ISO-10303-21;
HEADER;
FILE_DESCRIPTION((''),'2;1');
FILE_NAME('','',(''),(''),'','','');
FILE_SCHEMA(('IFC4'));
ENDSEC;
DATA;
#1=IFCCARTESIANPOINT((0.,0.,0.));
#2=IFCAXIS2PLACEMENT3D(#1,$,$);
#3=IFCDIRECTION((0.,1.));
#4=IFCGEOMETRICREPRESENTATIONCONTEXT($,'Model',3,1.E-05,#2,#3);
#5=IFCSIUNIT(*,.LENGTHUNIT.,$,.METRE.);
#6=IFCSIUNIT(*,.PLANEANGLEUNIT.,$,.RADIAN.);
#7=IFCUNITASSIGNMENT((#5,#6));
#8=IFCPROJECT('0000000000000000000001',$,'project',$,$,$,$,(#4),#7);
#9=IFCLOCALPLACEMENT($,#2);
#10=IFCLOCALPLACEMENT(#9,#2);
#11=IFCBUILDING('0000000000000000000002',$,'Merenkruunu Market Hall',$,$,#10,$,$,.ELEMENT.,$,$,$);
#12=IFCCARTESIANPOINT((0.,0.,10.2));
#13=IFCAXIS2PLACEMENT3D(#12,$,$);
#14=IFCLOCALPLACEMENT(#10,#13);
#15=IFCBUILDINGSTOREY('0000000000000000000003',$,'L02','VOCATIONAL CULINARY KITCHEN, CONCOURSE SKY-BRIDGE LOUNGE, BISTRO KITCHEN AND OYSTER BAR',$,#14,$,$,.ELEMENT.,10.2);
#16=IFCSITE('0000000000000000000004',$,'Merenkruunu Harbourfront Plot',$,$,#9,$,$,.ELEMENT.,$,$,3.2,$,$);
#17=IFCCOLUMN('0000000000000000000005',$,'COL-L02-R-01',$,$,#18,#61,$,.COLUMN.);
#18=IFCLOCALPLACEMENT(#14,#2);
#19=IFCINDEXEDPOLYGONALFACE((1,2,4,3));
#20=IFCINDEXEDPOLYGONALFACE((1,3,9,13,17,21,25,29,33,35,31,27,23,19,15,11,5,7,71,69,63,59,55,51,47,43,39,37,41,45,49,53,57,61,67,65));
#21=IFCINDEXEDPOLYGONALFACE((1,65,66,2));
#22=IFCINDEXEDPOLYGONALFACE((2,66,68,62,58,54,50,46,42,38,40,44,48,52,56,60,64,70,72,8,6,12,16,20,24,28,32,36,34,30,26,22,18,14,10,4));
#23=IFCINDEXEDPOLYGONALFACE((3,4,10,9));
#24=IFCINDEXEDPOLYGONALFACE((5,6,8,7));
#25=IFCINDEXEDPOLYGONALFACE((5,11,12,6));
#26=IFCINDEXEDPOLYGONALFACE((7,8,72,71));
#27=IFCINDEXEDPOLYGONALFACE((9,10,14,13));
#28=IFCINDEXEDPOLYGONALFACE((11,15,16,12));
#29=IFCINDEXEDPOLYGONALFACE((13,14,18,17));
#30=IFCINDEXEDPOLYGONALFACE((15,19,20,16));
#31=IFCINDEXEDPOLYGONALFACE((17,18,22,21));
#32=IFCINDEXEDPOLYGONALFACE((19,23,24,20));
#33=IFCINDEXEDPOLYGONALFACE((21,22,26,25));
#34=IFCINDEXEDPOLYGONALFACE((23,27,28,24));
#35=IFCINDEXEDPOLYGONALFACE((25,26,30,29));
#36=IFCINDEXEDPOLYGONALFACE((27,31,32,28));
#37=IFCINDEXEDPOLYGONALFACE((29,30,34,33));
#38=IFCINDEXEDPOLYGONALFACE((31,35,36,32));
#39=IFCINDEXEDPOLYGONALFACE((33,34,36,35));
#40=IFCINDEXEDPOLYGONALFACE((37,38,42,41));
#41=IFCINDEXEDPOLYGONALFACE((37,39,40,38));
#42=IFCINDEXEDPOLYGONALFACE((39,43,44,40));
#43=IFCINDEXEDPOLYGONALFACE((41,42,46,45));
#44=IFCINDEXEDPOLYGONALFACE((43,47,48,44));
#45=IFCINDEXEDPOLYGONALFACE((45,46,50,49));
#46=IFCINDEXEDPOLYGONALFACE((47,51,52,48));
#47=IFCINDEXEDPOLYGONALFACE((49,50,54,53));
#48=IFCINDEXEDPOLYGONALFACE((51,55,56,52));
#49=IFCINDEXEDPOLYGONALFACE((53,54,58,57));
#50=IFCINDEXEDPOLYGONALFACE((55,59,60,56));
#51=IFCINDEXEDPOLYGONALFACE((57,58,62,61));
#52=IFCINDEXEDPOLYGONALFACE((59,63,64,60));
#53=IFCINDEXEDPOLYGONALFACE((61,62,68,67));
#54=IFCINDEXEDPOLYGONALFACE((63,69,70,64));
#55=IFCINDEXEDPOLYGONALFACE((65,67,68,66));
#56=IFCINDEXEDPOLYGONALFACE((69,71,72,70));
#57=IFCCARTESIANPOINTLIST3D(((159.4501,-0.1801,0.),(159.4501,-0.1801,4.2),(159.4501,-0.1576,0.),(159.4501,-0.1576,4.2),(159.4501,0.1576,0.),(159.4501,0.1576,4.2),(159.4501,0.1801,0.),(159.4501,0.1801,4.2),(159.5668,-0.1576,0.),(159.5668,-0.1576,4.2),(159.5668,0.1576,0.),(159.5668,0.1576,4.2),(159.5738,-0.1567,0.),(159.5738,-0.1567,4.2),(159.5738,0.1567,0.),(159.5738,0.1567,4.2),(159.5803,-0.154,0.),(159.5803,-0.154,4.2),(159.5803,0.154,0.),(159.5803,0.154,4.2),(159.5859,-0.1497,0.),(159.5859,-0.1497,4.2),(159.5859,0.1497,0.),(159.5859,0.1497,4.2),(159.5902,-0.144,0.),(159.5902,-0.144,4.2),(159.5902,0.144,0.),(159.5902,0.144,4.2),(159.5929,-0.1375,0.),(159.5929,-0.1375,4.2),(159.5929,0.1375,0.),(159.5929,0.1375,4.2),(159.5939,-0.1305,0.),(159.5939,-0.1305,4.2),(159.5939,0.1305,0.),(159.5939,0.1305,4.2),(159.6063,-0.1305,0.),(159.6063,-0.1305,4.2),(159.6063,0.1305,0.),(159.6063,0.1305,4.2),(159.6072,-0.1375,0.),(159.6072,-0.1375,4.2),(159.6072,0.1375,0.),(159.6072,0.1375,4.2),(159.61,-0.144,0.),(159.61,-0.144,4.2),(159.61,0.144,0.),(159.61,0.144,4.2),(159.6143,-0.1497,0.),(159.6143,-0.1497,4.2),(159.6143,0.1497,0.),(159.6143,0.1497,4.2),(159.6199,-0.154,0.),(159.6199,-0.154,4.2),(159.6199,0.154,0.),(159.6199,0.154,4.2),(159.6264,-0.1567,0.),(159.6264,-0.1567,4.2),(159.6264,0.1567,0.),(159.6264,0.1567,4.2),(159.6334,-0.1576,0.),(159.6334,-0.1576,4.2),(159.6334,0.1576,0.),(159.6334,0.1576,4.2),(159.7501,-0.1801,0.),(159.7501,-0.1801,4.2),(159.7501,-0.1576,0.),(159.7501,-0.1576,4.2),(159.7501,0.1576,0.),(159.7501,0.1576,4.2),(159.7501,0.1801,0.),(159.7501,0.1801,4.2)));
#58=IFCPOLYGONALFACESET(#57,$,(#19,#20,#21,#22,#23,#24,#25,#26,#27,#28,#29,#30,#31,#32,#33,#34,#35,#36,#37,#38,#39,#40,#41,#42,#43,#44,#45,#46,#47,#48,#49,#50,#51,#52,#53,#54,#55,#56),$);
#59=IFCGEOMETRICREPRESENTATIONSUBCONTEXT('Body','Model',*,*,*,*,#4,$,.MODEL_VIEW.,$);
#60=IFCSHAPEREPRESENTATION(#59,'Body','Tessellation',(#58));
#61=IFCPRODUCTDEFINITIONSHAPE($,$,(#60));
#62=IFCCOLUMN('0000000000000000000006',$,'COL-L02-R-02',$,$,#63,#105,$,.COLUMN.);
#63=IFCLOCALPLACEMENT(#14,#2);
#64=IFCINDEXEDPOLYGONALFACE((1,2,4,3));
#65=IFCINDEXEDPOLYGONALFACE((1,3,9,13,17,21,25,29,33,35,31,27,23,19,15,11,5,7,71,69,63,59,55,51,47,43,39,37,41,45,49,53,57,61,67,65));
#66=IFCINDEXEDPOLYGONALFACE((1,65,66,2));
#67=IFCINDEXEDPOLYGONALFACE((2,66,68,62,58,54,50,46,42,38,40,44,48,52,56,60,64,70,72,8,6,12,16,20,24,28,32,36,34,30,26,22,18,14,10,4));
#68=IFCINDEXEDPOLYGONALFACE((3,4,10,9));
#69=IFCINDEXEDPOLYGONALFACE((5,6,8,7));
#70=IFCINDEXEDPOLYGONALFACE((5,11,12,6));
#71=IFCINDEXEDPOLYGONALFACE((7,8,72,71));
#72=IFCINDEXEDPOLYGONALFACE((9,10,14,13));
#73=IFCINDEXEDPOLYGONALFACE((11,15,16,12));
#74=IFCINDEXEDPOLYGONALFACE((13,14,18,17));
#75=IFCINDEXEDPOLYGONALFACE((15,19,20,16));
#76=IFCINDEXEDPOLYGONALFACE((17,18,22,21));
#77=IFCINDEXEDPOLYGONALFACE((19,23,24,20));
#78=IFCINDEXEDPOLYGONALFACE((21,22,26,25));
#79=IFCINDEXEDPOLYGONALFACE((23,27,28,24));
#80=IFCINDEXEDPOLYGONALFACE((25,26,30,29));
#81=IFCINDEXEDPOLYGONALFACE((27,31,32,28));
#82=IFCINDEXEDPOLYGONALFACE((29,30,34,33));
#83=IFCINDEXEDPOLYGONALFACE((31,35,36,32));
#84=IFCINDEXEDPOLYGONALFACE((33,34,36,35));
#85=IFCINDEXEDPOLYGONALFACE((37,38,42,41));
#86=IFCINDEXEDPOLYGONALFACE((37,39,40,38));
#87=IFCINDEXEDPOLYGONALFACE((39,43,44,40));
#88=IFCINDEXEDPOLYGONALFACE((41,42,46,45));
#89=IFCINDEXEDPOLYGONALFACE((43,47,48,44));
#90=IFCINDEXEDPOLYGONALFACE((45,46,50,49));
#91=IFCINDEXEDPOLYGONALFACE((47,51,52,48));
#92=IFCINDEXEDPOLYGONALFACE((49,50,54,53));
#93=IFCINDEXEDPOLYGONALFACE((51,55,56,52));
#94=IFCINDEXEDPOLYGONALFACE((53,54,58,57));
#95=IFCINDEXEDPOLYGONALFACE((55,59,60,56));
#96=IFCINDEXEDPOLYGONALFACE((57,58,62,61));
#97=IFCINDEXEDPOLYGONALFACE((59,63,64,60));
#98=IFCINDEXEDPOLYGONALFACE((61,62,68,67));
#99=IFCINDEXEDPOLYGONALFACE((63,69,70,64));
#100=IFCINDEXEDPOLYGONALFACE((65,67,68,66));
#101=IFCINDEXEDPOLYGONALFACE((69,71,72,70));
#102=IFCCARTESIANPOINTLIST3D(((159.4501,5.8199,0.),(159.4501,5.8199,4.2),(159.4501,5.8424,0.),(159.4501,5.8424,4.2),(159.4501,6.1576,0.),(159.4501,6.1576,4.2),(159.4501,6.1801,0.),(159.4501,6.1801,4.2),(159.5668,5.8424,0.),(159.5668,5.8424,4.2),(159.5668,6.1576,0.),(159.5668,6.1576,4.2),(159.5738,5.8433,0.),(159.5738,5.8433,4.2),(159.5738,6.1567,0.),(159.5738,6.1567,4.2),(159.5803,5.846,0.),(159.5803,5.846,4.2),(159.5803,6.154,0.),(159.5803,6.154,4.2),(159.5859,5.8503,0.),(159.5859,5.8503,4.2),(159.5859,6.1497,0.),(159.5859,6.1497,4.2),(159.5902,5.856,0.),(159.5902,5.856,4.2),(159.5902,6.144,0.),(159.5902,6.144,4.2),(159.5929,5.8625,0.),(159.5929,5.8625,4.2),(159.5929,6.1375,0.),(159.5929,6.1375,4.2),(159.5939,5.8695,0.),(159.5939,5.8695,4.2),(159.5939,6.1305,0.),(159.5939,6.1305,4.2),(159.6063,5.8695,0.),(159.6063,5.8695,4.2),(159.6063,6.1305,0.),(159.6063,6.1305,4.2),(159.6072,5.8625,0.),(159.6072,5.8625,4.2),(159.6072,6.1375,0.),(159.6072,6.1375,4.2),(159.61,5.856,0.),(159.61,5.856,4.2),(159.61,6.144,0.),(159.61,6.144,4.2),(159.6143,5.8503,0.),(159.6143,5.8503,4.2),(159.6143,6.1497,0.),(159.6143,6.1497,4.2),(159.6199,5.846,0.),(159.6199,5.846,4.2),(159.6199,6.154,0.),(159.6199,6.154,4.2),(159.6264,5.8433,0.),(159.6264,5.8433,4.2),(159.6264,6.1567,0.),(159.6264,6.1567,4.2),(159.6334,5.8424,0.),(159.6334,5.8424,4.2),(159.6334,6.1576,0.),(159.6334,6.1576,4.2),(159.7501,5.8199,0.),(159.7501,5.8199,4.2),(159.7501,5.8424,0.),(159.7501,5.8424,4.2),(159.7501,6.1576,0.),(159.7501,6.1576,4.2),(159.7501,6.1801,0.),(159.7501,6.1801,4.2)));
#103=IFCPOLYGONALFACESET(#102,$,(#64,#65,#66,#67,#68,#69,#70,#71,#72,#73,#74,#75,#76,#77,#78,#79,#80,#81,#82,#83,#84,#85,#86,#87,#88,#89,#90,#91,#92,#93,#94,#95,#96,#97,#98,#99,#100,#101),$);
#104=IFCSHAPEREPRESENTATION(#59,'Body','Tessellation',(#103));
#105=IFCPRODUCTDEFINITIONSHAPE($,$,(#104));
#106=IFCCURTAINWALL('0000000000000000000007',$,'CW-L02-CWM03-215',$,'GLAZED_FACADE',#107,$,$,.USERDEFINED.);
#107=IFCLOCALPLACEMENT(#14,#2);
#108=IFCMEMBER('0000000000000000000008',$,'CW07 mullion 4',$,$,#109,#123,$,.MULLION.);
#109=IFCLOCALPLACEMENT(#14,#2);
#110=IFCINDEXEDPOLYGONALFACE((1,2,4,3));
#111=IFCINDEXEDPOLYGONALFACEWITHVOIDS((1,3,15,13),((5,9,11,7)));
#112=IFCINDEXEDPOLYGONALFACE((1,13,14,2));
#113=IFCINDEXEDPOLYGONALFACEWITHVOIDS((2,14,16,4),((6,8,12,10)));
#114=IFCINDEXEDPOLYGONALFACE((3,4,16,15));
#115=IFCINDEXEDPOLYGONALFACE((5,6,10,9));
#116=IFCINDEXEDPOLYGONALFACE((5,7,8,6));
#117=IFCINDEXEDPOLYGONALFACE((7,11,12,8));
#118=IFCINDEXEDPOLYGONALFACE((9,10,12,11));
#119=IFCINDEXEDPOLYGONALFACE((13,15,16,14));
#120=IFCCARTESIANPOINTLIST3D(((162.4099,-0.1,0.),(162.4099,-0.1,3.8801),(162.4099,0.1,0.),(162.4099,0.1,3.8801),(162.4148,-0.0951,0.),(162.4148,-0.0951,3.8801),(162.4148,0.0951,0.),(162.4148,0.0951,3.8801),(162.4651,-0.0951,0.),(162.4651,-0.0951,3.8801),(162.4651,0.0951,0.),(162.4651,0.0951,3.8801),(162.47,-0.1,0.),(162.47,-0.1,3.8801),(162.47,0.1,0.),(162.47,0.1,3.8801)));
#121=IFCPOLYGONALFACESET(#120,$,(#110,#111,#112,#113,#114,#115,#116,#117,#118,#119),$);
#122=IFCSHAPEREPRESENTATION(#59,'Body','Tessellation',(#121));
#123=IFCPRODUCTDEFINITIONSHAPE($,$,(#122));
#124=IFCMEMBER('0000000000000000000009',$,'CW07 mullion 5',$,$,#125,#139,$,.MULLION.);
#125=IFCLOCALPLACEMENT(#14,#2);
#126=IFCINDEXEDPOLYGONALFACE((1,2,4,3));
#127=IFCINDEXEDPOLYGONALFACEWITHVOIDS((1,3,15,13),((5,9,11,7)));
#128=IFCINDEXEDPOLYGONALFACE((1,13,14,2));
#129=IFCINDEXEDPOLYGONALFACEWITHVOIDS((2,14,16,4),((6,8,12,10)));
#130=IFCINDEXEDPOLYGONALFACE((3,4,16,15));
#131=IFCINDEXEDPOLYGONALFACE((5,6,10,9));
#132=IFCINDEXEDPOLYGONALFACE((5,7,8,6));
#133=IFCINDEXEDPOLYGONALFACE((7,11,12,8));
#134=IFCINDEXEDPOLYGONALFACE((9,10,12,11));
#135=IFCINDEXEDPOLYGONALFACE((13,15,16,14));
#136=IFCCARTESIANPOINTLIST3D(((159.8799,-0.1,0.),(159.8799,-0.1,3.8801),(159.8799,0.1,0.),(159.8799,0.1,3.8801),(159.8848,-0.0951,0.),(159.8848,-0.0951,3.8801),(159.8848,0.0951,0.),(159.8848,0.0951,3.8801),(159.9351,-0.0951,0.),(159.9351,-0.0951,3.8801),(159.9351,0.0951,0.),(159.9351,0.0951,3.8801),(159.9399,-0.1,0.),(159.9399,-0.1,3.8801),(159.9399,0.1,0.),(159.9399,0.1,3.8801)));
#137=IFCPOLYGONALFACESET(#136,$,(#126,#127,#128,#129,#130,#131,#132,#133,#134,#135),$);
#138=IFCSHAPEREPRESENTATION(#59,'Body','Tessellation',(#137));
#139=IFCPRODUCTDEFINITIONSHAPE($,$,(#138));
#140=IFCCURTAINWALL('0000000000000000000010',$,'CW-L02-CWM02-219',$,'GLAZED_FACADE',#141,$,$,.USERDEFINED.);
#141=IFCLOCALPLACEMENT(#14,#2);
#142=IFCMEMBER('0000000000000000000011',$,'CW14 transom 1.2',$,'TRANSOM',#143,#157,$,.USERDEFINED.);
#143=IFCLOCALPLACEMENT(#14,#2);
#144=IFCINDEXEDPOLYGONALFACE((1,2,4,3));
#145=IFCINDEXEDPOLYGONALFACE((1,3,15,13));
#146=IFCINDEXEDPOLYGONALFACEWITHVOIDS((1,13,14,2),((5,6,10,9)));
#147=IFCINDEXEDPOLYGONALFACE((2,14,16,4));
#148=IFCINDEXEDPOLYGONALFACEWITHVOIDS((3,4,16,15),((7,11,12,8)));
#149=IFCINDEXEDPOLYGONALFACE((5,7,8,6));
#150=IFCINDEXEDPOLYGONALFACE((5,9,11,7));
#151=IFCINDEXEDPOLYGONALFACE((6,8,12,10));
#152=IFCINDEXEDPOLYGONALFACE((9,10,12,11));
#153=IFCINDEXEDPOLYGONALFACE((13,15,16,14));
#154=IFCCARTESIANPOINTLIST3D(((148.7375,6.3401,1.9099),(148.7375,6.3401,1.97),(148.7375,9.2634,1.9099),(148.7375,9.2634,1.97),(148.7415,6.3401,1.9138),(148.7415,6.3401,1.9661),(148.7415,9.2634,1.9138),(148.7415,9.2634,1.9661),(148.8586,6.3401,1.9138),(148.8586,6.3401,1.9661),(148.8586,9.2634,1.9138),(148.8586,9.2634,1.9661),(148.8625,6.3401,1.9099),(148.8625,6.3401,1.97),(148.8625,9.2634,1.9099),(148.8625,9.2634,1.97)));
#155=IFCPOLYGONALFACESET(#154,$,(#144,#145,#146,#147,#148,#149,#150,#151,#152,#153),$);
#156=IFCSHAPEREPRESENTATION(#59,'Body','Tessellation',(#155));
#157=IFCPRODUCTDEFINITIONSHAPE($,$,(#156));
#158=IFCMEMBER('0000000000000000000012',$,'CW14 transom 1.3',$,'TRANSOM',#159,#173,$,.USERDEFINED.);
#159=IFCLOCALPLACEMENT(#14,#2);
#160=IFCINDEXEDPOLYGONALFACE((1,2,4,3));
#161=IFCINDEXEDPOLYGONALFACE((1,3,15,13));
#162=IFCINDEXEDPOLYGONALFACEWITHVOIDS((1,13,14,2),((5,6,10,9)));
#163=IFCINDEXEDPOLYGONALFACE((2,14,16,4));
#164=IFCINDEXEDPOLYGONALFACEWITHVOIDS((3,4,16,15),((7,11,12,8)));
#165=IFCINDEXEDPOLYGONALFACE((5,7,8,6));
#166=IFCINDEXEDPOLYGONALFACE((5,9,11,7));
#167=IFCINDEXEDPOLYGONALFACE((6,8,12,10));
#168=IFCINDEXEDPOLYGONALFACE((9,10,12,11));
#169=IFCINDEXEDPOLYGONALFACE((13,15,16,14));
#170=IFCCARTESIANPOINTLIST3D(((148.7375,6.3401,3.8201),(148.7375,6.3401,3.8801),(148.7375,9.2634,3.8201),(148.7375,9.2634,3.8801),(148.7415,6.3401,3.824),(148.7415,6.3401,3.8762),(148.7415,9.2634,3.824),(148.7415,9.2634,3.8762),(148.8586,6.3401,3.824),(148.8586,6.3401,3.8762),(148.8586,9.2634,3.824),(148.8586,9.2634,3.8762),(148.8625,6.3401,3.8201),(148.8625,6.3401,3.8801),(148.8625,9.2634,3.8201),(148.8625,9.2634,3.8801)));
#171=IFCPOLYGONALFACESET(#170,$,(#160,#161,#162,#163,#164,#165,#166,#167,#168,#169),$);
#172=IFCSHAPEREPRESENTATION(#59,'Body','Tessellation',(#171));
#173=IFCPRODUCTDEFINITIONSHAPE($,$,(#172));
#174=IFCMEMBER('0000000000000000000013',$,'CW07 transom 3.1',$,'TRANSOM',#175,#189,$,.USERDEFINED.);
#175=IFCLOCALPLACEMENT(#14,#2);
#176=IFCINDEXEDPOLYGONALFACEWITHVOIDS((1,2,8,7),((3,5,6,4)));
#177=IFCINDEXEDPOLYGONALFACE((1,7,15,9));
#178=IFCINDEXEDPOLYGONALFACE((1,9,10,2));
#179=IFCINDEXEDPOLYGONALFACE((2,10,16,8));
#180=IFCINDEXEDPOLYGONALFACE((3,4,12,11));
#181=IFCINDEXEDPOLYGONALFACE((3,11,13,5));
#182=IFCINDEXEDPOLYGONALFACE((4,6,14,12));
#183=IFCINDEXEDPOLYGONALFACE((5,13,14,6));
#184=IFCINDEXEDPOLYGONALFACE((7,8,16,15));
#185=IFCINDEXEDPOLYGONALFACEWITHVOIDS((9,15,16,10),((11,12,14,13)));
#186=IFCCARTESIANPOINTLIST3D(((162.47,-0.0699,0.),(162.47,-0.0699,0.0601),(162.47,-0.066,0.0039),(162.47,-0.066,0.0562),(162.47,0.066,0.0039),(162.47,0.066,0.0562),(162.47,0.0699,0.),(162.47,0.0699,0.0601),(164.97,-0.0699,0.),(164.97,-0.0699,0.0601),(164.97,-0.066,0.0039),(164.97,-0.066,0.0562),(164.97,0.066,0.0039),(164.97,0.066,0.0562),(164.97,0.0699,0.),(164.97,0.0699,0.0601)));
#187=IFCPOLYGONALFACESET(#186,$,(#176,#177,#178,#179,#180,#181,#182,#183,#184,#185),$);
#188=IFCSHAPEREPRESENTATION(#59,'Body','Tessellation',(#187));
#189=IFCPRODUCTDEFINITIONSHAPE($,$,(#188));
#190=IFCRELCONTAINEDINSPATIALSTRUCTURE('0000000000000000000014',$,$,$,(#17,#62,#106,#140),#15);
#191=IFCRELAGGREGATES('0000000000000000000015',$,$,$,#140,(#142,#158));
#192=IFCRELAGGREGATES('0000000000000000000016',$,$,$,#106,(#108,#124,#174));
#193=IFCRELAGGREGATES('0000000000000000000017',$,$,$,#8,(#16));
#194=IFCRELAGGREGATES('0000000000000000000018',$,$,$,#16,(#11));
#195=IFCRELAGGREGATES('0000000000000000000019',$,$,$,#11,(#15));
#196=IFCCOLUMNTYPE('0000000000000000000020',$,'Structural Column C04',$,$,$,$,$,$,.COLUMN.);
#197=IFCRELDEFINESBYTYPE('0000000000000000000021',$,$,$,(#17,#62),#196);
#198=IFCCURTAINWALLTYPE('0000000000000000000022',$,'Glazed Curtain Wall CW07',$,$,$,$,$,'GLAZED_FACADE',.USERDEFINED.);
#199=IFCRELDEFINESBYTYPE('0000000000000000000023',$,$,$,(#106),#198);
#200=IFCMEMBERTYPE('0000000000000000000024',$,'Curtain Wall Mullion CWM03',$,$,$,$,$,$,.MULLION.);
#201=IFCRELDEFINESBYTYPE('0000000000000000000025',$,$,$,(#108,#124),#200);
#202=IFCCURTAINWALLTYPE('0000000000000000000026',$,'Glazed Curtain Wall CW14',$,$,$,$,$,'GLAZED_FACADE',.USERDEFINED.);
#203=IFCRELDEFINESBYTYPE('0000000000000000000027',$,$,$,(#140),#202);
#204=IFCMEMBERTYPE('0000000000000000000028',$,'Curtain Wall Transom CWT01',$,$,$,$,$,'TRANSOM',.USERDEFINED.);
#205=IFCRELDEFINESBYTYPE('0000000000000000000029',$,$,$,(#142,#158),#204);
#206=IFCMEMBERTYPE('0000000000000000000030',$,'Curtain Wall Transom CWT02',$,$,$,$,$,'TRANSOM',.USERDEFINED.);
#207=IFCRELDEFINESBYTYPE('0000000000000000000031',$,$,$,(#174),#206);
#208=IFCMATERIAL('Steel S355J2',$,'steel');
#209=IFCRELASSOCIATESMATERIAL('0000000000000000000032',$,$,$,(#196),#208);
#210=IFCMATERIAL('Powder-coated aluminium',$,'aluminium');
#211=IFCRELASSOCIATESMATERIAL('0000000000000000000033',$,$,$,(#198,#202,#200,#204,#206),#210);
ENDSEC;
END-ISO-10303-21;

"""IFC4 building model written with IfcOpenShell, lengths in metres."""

from ifc_helpers import new_model, si_unit, direction, frame, origin, origin_2d, place, context, subcontext, project, spatial, hollow_rectangle, i_section, extrude, material, material_profile, profile_set, type_object, element, aggregate, save


model = new_model("IFC4")

# Units and contexts
model_context = context("Model", 3, precision=1e-05, world=origin(), true_north=direction((0.0, 1.0)))
body_context = subcontext(model_context, "Body", "Model", "MODEL_VIEW")
ifc_project = project(units=[si_unit("LENGTHUNIT", "METRE"), si_unit("PLANEANGLEUNIT", "RADIAN")], contexts=[model_context])

# Site, building, storey
site_placement = place(None, origin())
site = spatial("IfcSite", under=ifc_project, at=site_placement, Name="Merenkruunu Harbourfront Plot", CompositionType="ELEMENT", RefElevation=3.2)
building_placement = place(site_placement, origin())
building = spatial("IfcBuilding", under=site, at=building_placement, Name="Merenkruunu Market Hall", CompositionType="ELEMENT")
storey_placement = place(building_placement, frame((0.0, 0.0, 10.2)))
storey = spatial("IfcBuildingStorey", under=building, at=storey_placement, Name="L02", Description="VOCATIONAL CULINARY KITCHEN, CONCOURSE SKY-BRIDGE LOUNGE, BISTRO KITCHEN AND OYSTER BAR", CompositionType="ELEMENT", Elevation=10.2)

# Columns
ifc_material_1 = material(Name="Steel S355J2", Category="steel")
ifc_material_profile_1 = material_profile(ifc_material_1, i_section(OverallWidth=0.3, OverallDepth=0.3601, WebThickness=0.0125, FlangeThickness=0.0225, FilletRadius=0.0271, at=origin_2d()), Name="HEB 360")
ifc_profile_set_1 = profile_set([ifc_material_profile_1], Name="Steel S355J2")
column_type = type_object("IfcColumnType", Name="Structural Column C04", PredefinedType="COLUMN", material=ifc_profile_set_1)
for number, where, z_axis, x_axis, name in (
    (1, (159.6001, 0.0, 0.0), (0.0, 0.0, 1.0), (1.0, 0.0, 0.0), "COL-L02-R-01"),
    (2, (159.6001, 6.0, 0.0), (0.0, 0.0, 1.0), (1.0, 0.0, 0.0), "COL-L02-R-02"),
):
    element("IfcColumn", number, at=place(storey_placement, frame(where, z_axis=z_axis, x_axis=x_axis)), inside=storey, type_object=column_type, Name=name, PredefinedType="COLUMN", context=body_context, shape_type="SweptSolid", body=[
        extrude(i_section(OverallWidth=0.3, OverallDepth=0.3601, WebThickness=0.0125, FlangeThickness=0.0225, FilletRadius=0.0271, at=origin_2d()), origin(), (0.0, 0.0, 1.0), 4.2),
    ])

# Curtain walls, members
ifc_material_2 = material(Name="Powder-coated aluminium", Category="aluminium")
curtain_wall_type_1 = type_object("IfcCurtainWallType", Name="Glazed Curtain Wall CW07", ElementType="GLAZED_FACADE", PredefinedType="USERDEFINED", material=ifc_material_2)
curtain_wall_1_placement = place(storey_placement, origin())
curtain_wall_1 = element("IfcCurtainWall", 3, at=curtain_wall_1_placement, inside=storey, type_object=curtain_wall_type_1, Name="CW-L02-CWM03-215", ObjectType="GLAZED_FACADE", PredefinedType="USERDEFINED")
ifc_material_profile_2 = material_profile(ifc_material_2, hollow_rectangle(XDim=0.0601, YDim=0.2, WallThickness=0.0049, at=origin_2d()), Name="ALU 60x200x5")
ifc_profile_set_2 = profile_set([ifc_material_profile_2], Name="Powder-coated aluminium")
member_type_1 = type_object("IfcMemberType", Name="Curtain Wall Mullion CWM03", PredefinedType="MULLION", material=ifc_profile_set_2)
member_1_placement = place(storey_placement, frame((162.4399, 0.0, 0.0), z_axis=(0.0, 0.0, 1.0), x_axis=(-1.0, 0.0, 0.0)))
member_1 = element("IfcMember", 4, at=member_1_placement, type_object=member_type_1, Name="CW07 mullion 4", PredefinedType="MULLION", context=body_context, shape_type="SweptSolid", body=[
    extrude(hollow_rectangle(XDim=0.0601, YDim=0.2, WallThickness=0.0049, at=origin_2d()), origin(), (0.0, 0.0, 1.0), 3.8801),
])
member_2_placement = place(storey_placement, frame((159.9099, 0.0, 0.0), z_axis=(0.0, 0.0, 1.0), x_axis=(-1.0, 0.0, 0.0)))
member_2 = element("IfcMember", 5, at=member_2_placement, type_object=member_type_1, Name="CW07 mullion 5", PredefinedType="MULLION", context=body_context, shape_type="SweptSolid", body=[
    extrude(hollow_rectangle(XDim=0.0601, YDim=0.2, WallThickness=0.0049, at=origin_2d()), origin(), (0.0, 0.0, 1.0), 3.8801),
])
curtain_wall_type_2 = type_object("IfcCurtainWallType", Name="Glazed Curtain Wall CW14", ElementType="GLAZED_FACADE", PredefinedType="USERDEFINED", material=ifc_material_2)
curtain_wall_2_placement = place(storey_placement, origin())
curtain_wall_2 = element("IfcCurtainWall", 6, at=curtain_wall_2_placement, inside=storey, type_object=curtain_wall_type_2, Name="CW-L02-CWM02-219", ObjectType="GLAZED_FACADE", PredefinedType="USERDEFINED")
ifc_material_profile_3 = material_profile(ifc_material_2, hollow_rectangle(XDim=0.0601, YDim=0.125, WallThickness=0.0039, at=origin_2d()), Name="ALU 60x125x4")
ifc_profile_set_3 = profile_set([ifc_material_profile_3], Name="Powder-coated aluminium")
member_type_2 = type_object("IfcMemberType", Name="Curtain Wall Transom CWT01", ElementType="TRANSOM", PredefinedType="USERDEFINED", material=ifc_profile_set_3)
member_3_placement = place(storey_placement, frame((148.8, 6.3401, 1.9399), z_axis=(0.0, 1.0, 0.0), x_axis=(0.0, 0.0, 1.0)))
member_3 = element("IfcMember", 7, at=member_3_placement, type_object=member_type_2, Name="CW14 transom 1.2", ObjectType="TRANSOM", PredefinedType="USERDEFINED", context=body_context, shape_type="SweptSolid", body=[
    extrude(hollow_rectangle(XDim=0.0601, YDim=0.125, WallThickness=0.0039, at=origin_2d()), origin(), (0.0, 0.0, 1.0), 2.9233),
])
member_4_placement = place(storey_placement, frame((148.8, 6.3401, 3.8501), z_axis=(0.0, 1.0, 0.0), x_axis=(0.0, 0.0, 1.0)))
member_4 = element("IfcMember", 8, at=member_4_placement, type_object=member_type_2, Name="CW14 transom 1.3", ObjectType="TRANSOM", PredefinedType="USERDEFINED", context=body_context, shape_type="SweptSolid", body=[
    extrude(hollow_rectangle(XDim=0.0601, YDim=0.125, WallThickness=0.0039, at=origin_2d()), origin(), (0.0, 0.0, 1.0), 2.9233),
])
aggregate(curtain_wall_2, [member_3, member_4])

# Member
ifc_material_profile_4 = material_profile(ifc_material_2, hollow_rectangle(XDim=0.0601, YDim=0.1399, WallThickness=0.0039, at=origin_2d()), Name="ALU 60x140x4")
ifc_profile_set_4 = profile_set([ifc_material_profile_4], Name="Powder-coated aluminium")
member_type_3 = type_object("IfcMemberType", Name="Curtain Wall Transom CWT02", ElementType="TRANSOM", PredefinedType="USERDEFINED", material=ifc_profile_set_4)
member_5_placement = place(storey_placement, frame((164.97, 0.0, 0.03), z_axis=(-1.0, 0.0, 0.0), x_axis=(0.0, 0.0, 1.0)))
member_5 = element("IfcMember", 9, at=member_5_placement, type_object=member_type_3, Name="CW07 transom 3.1", ObjectType="TRANSOM", PredefinedType="USERDEFINED", context=body_context, shape_type="SweptSolid", body=[
    extrude(hollow_rectangle(XDim=0.0601, YDim=0.1399, WallThickness=0.0039, at=origin_2d()), origin(), (0.0, 0.0, 1.0), 2.5),
])

aggregate(curtain_wall_1, [member_1, member_2, member_5])

save(model, "model.ifc")
